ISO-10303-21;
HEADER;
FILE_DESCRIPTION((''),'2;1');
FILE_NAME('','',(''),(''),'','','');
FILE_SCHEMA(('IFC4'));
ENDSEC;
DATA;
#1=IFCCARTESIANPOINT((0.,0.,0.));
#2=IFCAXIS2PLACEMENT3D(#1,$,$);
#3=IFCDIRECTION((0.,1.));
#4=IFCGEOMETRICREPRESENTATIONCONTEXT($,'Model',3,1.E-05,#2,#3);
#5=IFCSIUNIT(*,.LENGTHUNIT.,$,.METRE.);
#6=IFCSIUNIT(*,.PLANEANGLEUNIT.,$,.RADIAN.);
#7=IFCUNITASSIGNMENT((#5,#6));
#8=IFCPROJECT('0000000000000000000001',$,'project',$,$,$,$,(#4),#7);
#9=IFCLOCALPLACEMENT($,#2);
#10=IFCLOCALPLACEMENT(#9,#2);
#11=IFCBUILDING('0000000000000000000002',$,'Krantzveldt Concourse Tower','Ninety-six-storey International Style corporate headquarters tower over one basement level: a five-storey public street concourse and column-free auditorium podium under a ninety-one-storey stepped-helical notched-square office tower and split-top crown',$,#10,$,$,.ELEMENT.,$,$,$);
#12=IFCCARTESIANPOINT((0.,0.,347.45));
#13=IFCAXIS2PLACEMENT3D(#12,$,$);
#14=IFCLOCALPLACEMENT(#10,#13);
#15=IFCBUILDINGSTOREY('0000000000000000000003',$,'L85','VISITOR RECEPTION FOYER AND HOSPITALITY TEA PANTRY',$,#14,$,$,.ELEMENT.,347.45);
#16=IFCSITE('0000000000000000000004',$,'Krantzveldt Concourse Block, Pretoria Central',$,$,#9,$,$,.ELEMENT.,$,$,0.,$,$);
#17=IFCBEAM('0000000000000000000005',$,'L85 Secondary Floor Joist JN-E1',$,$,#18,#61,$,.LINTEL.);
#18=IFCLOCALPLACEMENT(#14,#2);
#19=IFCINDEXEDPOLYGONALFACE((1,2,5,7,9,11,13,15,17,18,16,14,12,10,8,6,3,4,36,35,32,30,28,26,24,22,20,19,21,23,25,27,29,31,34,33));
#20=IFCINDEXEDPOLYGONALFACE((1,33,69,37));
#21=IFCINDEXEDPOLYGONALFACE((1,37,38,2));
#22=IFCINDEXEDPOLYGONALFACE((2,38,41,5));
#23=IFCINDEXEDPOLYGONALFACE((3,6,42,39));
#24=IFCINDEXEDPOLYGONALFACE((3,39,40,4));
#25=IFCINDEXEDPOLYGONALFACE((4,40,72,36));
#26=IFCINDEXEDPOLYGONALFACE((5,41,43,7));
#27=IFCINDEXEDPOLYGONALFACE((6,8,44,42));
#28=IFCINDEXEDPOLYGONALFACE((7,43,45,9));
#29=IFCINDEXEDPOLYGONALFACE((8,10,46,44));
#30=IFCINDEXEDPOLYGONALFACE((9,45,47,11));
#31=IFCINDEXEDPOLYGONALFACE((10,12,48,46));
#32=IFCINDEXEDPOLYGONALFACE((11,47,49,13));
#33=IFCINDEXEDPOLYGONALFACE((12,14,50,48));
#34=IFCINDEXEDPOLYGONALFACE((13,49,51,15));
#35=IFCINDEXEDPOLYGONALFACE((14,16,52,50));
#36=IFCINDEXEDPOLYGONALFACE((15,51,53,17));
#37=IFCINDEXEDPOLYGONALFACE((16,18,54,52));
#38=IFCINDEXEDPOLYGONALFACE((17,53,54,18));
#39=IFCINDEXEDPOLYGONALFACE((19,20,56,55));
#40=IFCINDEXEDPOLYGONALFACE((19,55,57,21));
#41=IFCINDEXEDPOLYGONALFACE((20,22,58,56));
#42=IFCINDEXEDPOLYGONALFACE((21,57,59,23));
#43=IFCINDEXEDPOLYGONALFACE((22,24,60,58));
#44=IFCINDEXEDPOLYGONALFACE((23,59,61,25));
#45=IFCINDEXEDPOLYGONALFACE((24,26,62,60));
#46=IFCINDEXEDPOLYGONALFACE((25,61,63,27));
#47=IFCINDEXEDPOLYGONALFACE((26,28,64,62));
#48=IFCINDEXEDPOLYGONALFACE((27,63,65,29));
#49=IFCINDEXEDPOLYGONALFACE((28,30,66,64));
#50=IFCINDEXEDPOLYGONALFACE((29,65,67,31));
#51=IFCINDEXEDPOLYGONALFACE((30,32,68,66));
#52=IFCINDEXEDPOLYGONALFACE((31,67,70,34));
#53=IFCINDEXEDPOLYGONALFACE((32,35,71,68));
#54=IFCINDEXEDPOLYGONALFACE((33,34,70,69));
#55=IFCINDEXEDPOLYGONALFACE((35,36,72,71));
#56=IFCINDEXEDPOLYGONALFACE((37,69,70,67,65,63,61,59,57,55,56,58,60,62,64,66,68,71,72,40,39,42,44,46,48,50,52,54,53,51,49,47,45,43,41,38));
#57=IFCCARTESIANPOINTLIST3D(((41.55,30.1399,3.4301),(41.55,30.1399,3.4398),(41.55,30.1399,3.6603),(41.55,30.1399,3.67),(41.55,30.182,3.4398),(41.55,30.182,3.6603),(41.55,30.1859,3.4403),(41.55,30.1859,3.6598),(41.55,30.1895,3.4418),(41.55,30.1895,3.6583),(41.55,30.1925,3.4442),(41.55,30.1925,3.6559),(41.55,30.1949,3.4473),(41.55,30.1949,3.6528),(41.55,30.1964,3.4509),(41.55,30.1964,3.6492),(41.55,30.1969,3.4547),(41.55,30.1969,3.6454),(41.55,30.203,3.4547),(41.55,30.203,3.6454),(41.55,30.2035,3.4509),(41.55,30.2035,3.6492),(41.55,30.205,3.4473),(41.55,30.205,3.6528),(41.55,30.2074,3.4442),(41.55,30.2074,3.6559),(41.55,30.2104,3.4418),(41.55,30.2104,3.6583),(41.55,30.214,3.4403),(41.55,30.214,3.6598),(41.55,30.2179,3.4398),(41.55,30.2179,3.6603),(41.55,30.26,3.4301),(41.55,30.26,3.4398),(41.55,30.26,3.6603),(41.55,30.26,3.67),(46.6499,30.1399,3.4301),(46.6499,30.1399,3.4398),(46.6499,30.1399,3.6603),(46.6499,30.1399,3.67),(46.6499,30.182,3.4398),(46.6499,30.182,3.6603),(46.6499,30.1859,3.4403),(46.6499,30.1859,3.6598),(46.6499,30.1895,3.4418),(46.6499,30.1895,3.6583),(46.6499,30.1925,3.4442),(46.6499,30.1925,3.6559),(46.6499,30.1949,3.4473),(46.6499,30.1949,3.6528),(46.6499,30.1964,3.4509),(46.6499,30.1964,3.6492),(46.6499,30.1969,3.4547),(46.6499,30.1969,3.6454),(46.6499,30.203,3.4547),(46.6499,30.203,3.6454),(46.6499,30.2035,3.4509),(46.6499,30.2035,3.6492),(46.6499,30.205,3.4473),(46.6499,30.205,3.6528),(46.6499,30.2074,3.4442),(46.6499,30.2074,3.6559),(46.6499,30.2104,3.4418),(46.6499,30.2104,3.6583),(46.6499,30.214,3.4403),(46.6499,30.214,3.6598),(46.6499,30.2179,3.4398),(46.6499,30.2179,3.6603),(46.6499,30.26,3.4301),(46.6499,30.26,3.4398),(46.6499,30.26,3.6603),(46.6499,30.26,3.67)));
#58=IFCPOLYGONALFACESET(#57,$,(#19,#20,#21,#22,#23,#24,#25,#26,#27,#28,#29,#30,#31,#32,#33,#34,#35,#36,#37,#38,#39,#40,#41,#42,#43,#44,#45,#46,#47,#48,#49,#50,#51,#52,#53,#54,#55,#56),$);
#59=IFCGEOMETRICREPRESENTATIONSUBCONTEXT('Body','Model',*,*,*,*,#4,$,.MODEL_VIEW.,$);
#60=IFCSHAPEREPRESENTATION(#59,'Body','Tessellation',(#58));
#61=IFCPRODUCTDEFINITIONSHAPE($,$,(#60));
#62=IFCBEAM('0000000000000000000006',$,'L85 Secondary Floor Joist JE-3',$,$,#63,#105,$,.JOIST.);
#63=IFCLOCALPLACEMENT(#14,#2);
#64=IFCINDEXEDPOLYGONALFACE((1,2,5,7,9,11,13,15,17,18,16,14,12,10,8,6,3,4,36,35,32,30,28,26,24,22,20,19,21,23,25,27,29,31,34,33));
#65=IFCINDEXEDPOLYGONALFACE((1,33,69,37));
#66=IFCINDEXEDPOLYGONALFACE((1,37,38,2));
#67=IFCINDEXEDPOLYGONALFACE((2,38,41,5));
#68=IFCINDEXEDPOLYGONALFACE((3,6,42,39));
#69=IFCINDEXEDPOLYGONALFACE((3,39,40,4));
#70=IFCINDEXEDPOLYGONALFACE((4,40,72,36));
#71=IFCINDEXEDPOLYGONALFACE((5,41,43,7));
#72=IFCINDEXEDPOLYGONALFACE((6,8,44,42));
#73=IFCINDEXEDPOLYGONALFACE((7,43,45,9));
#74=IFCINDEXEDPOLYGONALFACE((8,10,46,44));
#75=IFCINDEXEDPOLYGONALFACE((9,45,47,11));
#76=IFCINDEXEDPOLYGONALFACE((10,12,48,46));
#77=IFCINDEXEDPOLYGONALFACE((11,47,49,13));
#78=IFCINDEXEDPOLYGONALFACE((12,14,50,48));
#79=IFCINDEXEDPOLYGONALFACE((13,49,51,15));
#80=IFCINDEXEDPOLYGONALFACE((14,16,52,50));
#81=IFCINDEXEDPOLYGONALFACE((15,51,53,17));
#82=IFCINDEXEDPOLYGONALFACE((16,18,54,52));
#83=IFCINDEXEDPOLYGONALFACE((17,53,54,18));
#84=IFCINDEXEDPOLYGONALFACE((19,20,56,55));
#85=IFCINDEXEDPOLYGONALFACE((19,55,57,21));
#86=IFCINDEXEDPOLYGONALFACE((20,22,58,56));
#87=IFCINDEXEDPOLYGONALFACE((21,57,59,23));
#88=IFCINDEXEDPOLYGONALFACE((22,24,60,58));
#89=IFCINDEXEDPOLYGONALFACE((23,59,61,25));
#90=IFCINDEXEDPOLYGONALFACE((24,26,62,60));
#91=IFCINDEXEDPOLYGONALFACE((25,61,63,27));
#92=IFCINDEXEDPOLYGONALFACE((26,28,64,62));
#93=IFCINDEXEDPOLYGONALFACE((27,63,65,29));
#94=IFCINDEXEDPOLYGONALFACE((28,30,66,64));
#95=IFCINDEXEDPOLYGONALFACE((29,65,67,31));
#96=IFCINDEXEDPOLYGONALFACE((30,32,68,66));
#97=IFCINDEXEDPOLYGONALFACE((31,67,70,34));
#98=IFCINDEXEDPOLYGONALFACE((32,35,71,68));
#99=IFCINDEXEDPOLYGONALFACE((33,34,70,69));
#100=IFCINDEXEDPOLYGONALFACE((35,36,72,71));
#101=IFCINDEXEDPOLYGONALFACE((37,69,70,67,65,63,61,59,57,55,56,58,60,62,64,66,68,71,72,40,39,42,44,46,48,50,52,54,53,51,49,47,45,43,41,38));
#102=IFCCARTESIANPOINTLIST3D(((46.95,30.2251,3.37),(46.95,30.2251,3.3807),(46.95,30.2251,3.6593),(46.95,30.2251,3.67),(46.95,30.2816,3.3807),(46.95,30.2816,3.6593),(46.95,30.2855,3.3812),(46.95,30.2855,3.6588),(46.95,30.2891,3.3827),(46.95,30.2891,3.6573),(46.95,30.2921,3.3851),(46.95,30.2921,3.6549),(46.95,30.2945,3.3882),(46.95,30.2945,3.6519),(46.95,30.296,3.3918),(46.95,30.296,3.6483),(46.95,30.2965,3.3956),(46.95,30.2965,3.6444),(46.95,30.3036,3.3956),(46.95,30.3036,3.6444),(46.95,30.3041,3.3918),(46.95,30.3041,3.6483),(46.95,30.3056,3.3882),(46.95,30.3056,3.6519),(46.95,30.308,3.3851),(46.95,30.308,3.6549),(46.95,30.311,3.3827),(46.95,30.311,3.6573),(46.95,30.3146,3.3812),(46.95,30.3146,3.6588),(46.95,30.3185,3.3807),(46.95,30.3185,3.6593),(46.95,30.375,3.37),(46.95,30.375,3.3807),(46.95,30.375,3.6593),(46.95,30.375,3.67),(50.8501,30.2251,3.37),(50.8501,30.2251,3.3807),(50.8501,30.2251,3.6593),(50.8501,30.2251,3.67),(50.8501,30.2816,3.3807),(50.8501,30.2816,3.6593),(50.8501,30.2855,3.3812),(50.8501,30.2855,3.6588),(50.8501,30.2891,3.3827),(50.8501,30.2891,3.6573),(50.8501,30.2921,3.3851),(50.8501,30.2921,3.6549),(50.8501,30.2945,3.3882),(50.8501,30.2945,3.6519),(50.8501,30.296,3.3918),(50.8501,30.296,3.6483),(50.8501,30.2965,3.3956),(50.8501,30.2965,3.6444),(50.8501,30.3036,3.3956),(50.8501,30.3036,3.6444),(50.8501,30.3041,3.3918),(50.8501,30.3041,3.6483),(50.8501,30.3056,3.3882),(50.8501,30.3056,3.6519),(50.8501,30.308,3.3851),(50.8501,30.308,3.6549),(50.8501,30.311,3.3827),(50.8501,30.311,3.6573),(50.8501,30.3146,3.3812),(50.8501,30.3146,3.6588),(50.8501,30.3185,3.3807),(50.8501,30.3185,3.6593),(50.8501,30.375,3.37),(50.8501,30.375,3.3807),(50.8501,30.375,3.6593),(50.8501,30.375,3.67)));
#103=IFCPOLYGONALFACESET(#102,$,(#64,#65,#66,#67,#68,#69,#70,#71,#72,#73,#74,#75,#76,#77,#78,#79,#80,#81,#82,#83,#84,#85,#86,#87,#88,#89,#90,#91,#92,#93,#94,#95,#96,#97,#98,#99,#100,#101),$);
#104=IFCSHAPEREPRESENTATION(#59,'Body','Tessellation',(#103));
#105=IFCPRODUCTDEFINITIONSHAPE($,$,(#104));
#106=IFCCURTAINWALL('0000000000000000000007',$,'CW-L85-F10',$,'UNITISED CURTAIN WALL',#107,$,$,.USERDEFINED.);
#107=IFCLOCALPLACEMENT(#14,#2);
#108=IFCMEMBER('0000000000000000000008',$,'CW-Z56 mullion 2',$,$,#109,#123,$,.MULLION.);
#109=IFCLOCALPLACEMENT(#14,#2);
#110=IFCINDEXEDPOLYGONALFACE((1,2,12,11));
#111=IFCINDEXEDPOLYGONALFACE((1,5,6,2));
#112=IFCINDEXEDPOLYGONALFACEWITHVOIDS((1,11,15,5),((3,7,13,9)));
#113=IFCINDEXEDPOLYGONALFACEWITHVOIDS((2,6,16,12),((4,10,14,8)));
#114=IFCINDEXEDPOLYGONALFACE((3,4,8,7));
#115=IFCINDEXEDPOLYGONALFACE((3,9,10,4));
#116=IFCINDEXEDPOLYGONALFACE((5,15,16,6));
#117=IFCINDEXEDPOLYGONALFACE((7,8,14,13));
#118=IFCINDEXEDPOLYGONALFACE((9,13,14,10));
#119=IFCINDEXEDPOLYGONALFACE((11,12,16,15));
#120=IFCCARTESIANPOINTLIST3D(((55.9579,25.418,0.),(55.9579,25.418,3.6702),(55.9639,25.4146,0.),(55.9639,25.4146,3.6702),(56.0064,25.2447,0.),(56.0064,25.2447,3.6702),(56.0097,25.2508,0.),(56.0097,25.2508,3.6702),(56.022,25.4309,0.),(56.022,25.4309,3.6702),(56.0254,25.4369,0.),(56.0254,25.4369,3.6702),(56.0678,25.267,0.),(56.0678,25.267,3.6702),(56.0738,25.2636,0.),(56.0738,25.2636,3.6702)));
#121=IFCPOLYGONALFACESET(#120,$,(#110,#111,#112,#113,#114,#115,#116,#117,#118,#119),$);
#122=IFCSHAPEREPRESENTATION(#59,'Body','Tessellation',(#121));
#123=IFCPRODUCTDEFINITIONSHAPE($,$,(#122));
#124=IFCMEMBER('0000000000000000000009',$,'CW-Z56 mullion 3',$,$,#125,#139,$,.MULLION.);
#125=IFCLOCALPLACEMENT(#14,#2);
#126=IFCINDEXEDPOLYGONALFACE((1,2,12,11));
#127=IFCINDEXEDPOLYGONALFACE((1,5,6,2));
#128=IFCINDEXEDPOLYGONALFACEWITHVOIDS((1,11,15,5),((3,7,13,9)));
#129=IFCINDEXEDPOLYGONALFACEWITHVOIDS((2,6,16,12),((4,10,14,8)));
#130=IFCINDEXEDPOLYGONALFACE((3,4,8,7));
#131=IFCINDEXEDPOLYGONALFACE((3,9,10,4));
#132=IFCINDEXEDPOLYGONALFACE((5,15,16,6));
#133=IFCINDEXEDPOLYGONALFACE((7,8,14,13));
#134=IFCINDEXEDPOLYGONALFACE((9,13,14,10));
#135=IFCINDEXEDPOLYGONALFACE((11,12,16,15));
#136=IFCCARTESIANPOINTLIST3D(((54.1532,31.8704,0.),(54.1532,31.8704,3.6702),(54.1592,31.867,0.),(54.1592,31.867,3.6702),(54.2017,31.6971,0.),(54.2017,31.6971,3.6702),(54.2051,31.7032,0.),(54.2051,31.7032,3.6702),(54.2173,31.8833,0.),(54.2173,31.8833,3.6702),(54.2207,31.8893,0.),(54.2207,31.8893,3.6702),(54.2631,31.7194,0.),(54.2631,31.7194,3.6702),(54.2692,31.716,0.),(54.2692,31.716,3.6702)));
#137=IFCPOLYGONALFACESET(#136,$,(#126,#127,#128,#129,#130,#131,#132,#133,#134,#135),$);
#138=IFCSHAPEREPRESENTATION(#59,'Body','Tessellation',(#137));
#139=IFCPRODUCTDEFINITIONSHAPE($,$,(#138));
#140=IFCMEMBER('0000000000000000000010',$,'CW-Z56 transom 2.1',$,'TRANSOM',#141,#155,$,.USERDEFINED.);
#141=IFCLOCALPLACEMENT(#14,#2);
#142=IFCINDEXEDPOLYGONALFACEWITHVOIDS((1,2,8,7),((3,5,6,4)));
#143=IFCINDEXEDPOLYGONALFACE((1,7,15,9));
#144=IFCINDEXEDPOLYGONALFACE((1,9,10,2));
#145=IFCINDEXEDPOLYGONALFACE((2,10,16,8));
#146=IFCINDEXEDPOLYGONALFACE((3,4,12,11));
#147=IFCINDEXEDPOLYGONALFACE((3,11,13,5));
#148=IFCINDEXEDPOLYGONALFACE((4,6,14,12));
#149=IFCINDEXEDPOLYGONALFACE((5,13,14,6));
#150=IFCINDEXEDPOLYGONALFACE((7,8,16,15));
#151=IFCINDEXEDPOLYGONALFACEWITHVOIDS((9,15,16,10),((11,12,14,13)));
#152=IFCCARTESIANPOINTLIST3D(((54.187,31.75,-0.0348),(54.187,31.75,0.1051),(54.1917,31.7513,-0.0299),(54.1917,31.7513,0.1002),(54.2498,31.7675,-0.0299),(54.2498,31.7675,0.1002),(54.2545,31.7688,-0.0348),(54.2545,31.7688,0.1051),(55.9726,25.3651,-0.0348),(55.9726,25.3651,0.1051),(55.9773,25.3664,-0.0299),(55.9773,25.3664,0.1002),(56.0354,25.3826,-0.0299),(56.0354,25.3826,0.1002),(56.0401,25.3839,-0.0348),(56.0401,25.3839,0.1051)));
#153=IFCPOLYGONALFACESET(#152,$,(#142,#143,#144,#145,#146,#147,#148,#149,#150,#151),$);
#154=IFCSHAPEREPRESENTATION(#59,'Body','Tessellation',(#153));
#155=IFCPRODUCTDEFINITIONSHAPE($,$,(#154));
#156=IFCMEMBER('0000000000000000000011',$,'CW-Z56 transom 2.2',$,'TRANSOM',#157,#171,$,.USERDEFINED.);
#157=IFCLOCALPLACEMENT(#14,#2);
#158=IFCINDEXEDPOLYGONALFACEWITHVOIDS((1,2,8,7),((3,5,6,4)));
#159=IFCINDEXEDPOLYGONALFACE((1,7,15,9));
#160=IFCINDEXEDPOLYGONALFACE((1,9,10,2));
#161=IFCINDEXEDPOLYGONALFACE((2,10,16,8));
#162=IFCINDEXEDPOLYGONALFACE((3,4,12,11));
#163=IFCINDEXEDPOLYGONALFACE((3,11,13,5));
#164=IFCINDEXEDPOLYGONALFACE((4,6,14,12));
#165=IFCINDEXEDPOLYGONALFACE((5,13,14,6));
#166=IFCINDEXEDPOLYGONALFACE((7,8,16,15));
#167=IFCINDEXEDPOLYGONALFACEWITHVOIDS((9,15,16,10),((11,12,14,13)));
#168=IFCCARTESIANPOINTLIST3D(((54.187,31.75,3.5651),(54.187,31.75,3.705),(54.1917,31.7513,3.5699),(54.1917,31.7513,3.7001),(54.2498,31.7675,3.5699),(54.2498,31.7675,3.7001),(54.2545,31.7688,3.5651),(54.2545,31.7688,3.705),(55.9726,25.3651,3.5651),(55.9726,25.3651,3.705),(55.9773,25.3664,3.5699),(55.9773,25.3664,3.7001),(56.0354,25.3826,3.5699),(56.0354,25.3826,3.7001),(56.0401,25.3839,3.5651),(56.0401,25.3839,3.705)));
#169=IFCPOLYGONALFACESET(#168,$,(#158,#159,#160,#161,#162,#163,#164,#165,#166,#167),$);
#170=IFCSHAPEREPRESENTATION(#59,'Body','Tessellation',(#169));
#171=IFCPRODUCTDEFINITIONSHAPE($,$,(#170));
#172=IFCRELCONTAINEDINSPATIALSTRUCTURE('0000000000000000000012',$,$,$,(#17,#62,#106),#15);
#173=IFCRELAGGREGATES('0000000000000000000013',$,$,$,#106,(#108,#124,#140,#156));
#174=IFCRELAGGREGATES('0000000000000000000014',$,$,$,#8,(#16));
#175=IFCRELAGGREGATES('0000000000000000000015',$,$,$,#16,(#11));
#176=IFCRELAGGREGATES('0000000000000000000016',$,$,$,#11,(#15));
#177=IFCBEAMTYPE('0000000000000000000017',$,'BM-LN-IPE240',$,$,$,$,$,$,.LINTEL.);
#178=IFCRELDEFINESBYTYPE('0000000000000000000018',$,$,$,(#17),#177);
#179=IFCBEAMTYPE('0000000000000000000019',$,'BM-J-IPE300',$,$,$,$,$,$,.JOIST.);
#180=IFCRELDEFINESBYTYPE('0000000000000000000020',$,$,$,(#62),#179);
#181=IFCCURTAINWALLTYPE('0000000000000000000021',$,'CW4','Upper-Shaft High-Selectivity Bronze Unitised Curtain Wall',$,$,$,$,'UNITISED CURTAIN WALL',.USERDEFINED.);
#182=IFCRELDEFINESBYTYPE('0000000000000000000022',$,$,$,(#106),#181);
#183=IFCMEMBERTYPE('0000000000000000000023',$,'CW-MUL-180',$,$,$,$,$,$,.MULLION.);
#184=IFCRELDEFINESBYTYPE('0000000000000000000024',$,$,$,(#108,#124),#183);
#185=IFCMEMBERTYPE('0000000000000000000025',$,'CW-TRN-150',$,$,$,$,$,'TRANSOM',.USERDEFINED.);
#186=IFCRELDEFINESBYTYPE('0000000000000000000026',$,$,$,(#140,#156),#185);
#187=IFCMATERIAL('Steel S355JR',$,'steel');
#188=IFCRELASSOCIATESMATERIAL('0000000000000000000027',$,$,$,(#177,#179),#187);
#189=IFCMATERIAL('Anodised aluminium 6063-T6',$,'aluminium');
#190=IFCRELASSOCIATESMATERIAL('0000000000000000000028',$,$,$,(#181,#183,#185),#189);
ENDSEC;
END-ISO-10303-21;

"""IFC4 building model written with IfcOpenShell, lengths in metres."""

from ifc_helpers import new_model, si_unit, direction, frame, origin, origin_2d, place, context, subcontext, project, spatial, hollow_rectangle, i_section, extrude, source, transform, mapped, material, material_profile, profile_set, type_object, type_shapes, element, aggregate, save


model = new_model("IFC4")

# Units and contexts
model_context = context("Model", 3, precision=1e-05, world=origin(), true_north=direction((0.0, 1.0)))
body_context = subcontext(model_context, "Body", "Model", "MODEL_VIEW")
ifc_project = project(units=[si_unit("LENGTHUNIT", "METRE"), si_unit("PLANEANGLEUNIT", "RADIAN")], contexts=[model_context])

# Site, building, storey
site_placement = place(None, origin())
site = spatial("IfcSite", under=ifc_project, at=site_placement, Name="Krantzveldt Concourse Block, Pretoria Central", CompositionType="ELEMENT", RefElevation=0.0)
building_placement = place(site_placement, origin())
building = spatial("IfcBuilding", under=site, at=building_placement, Name="Krantzveldt Concourse Tower", Description="Ninety-six-storey International Style corporate headquarters tower over one basement level: a five-storey public street concourse and column-free auditorium podium under a ninety-one-storey stepped-helical notched-square office tower and split-top crown", CompositionType="ELEMENT")
storey_placement = place(building_placement, frame((0.0, 0.0, 347.45)))
storey = spatial("IfcBuildingStorey", under=building, at=storey_placement, Name="L85", Description="VISITOR RECEPTION FOYER AND HOSPITALITY TEA PANTRY", CompositionType="ELEMENT", Elevation=347.45)

# Beams
ifc_material_1 = material(Name="Steel S355JR", Category="steel")
ifc_material_profile_1 = material_profile(ifc_material_1, i_section(OverallWidth=0.1201, OverallDepth=0.24, WebThickness=0.0061, FlangeThickness=0.0098, FilletRadius=0.0149, at=origin_2d()), Name="Steel S355JR", Category="steel")
ifc_profile_set_1 = profile_set([ifc_material_profile_1], Name="Steel S355JR - IPE 240")
beam_type_1 = type_object("IfcBeamType", Name="BM-LN-IPE240", PredefinedType="LINTEL", material=ifc_profile_set_1)
shared_shape_1 = source(origin(), body_context, "Body", "SweptSolid", [
    extrude(i_section(OverallWidth=0.1201, OverallDepth=0.24, WebThickness=0.0061, FlangeThickness=0.0098, FilletRadius=0.0149, at=origin_2d()), origin(), (0.0, 0.0, 1.0), 5.0999),
])
type_shapes(beam_type_1, [shared_shape_1])
beam_1_placement = place(storey_placement, frame((41.55, 30.2, 3.55), z_axis=(1.0, 0.0, 0.0), x_axis=(0.0, 1.0, 0.0)))
element("IfcBeam", 1, at=beam_1_placement, inside=storey, type_object=beam_type_1, Name="L85 Secondary Floor Joist JN-E1", PredefinedType="LINTEL", context=body_context, shape_type="MappedRepresentation", body=[
    mapped(shared_shape_1, transform((0.0, 0.0, 0.0), x_axis=(1.0, 0.0, 0.0), y_axis=(0.0, 1.0, 0.0), z_axis=(0.0, 0.0, 1.0), scale=1.0)),
])
ifc_material_profile_2 = material_profile(ifc_material_1, i_section(OverallWidth=0.1499, OverallDepth=0.3, WebThickness=0.0071, FlangeThickness=0.0107, FilletRadius=0.0149, at=origin_2d()), Name="Steel S355JR", Category="steel")
ifc_profile_set_2 = profile_set([ifc_material_profile_2], Name="Steel S355JR - IPE 300")
beam_type_2 = type_object("IfcBeamType", Name="BM-J-IPE300", PredefinedType="JOIST", material=ifc_profile_set_2)
shared_shape_2 = source(origin(), body_context, "Body", "SweptSolid", [
    extrude(i_section(OverallWidth=0.1499, OverallDepth=0.3, WebThickness=0.0071, FlangeThickness=0.0107, FilletRadius=0.0149, at=origin_2d()), origin(), (0.0, 0.0, 1.0), 3.9001),
])
type_shapes(beam_type_2, [shared_shape_2])
beam_2_placement = place(storey_placement, frame((46.95, 30.3, 3.52), z_axis=(1.0, 0.0, 0.0), x_axis=(0.0, 1.0, 0.0)))
element("IfcBeam", 2, at=beam_2_placement, inside=storey, type_object=beam_type_2, Name="L85 Secondary Floor Joist JE-3", PredefinedType="JOIST", context=body_context, shape_type="MappedRepresentation", body=[
    mapped(shared_shape_2, transform((0.0, 0.0, 0.0), x_axis=(1.0, 0.0, 0.0), y_axis=(0.0, 1.0, 0.0), z_axis=(0.0, 0.0, 1.0), scale=1.0)),
])

# Curtain wall, members
ifc_material_2 = material(Name="Anodised aluminium 6063-T6", Category="aluminium")
curtain_wall_type = type_object("IfcCurtainWallType", Name="CW4", Description="Upper-Shaft High-Selectivity Bronze Unitised Curtain Wall", ElementType="UNITISED CURTAIN WALL", PredefinedType="USERDEFINED", material=ifc_material_2)
curtain_wall_placement = place(storey_placement, origin())
curtain_wall = element("IfcCurtainWall", 3, at=curtain_wall_placement, inside=storey, type_object=curtain_wall_type, Name="CW-L85-F10", ObjectType="UNITISED CURTAIN WALL", PredefinedType="USERDEFINED")
ifc_material_profile_3 = material_profile(ifc_material_2, hollow_rectangle(XDim=0.0701, YDim=0.1799, WallThickness=0.0049, at=origin_2d()), Name="Anodised aluminium 6063-T6", Category="aluminium")
ifc_profile_set_3 = profile_set([ifc_material_profile_3], Name="Anodised aluminium 6063-T6 - ALU-MULL 180x70x5")
member_type_1 = type_object("IfcMemberType", Name="CW-MUL-180", PredefinedType="MULLION", material=ifc_profile_set_3)
shared_shape_3 = source(origin(), body_context, "Body", "SweptSolid", [
    extrude(hollow_rectangle(XDim=0.0701, YDim=0.1799, WallThickness=0.0049, at=origin_2d()), origin(), (0.0, 0.0, 1.0), 3.6702),
])
type_shapes(member_type_1, [shared_shape_3])
member_1_placement = place(storey_placement, frame((56.0159, 25.3408, 0.0), z_axis=(0.0, 0.0, 1.0), x_axis=(-0.963045, -0.26934, 0.0)))
member_1 = element("IfcMember", 4, at=member_1_placement, type_object=member_type_1, Name="CW-Z56 mullion 2", PredefinedType="MULLION", context=body_context, shape_type="MappedRepresentation", body=[
    mapped(shared_shape_3, transform((0.0, 0.0, 0.0), x_axis=(1.0, 0.0, 0.0), y_axis=(0.0, 1.0, 0.0), z_axis=(0.0, 0.0, 1.0), scale=1.0)),
])
member_2_placement = place(storey_placement, frame((54.2112, 31.7932, 0.0), z_axis=(0.0, 0.0, 1.0), x_axis=(-0.963045, -0.26934, 0.0)))
member_2 = element("IfcMember", 5, at=member_2_placement, type_object=member_type_1, Name="CW-Z56 mullion 3", PredefinedType="MULLION", context=body_context, shape_type="MappedRepresentation", body=[
    mapped(shared_shape_3, transform((0.0, 0.0, 0.0), x_axis=(1.0, 0.0, 0.0), y_axis=(0.0, 1.0, 0.0), z_axis=(0.0, 0.0, 1.0), scale=1.0)),
])
ifc_material_profile_4 = material_profile(ifc_material_2, hollow_rectangle(XDim=0.0701, YDim=0.1399, WallThickness=0.0049, at=origin_2d()), Name="Anodised aluminium 6063-T6", Category="aluminium")
ifc_profile_set_4 = profile_set([ifc_material_profile_4], Name="Anodised aluminium 6063-T6 - ALU-TRAN 140x70x5")
member_type_2 = type_object("IfcMemberType", Name="CW-TRN-150", ElementType="TRANSOM", PredefinedType="USERDEFINED", material=ifc_profile_set_4)
shared_shape_4 = source(origin(), body_context, "Body", "SweptSolid", [
    extrude(hollow_rectangle(XDim=0.0701, YDim=0.1399, WallThickness=0.0049, at=origin_2d()), origin(), (0.0, 0.0, 1.0), 6.6299),
])
type_shapes(member_type_2, [shared_shape_4])
member_3_placement = place(storey_placement, frame((56.0063, 25.3745, 0.0352), z_axis=(-0.269328, 0.963048, 0.0), x_axis=(-0.963048, -0.269328, 0.0)))
member_3 = element("IfcMember", 6, at=member_3_placement, type_object=member_type_2, Name="CW-Z56 transom 2.1", ObjectType="TRANSOM", PredefinedType="USERDEFINED", context=body_context, shape_type="MappedRepresentation", body=[
    mapped(shared_shape_4, transform((0.0, 0.0, 0.0), x_axis=(1.0, 0.0, 0.0), y_axis=(0.0, 1.0, 0.0), z_axis=(0.0, 0.0, 1.0), scale=1.0)),
])
member_4_placement = place(storey_placement, frame((56.0063, 25.3745, 3.635), z_axis=(-0.269328, 0.963048, 0.0), x_axis=(-0.963048, -0.269328, 0.0)))
member_4 = element("IfcMember", 7, at=member_4_placement, type_object=member_type_2, Name="CW-Z56 transom 2.2", ObjectType="TRANSOM", PredefinedType="USERDEFINED", context=body_context, shape_type="MappedRepresentation", body=[
    mapped(shared_shape_4, transform((0.0, 0.0, 0.0), x_axis=(1.0, 0.0, 0.0), y_axis=(0.0, 1.0, 0.0), z_axis=(0.0, 0.0, 1.0), scale=1.0)),
])
aggregate(curtain_wall, [member_1, member_2, member_3, member_4])

save(model, "model.ifc")
